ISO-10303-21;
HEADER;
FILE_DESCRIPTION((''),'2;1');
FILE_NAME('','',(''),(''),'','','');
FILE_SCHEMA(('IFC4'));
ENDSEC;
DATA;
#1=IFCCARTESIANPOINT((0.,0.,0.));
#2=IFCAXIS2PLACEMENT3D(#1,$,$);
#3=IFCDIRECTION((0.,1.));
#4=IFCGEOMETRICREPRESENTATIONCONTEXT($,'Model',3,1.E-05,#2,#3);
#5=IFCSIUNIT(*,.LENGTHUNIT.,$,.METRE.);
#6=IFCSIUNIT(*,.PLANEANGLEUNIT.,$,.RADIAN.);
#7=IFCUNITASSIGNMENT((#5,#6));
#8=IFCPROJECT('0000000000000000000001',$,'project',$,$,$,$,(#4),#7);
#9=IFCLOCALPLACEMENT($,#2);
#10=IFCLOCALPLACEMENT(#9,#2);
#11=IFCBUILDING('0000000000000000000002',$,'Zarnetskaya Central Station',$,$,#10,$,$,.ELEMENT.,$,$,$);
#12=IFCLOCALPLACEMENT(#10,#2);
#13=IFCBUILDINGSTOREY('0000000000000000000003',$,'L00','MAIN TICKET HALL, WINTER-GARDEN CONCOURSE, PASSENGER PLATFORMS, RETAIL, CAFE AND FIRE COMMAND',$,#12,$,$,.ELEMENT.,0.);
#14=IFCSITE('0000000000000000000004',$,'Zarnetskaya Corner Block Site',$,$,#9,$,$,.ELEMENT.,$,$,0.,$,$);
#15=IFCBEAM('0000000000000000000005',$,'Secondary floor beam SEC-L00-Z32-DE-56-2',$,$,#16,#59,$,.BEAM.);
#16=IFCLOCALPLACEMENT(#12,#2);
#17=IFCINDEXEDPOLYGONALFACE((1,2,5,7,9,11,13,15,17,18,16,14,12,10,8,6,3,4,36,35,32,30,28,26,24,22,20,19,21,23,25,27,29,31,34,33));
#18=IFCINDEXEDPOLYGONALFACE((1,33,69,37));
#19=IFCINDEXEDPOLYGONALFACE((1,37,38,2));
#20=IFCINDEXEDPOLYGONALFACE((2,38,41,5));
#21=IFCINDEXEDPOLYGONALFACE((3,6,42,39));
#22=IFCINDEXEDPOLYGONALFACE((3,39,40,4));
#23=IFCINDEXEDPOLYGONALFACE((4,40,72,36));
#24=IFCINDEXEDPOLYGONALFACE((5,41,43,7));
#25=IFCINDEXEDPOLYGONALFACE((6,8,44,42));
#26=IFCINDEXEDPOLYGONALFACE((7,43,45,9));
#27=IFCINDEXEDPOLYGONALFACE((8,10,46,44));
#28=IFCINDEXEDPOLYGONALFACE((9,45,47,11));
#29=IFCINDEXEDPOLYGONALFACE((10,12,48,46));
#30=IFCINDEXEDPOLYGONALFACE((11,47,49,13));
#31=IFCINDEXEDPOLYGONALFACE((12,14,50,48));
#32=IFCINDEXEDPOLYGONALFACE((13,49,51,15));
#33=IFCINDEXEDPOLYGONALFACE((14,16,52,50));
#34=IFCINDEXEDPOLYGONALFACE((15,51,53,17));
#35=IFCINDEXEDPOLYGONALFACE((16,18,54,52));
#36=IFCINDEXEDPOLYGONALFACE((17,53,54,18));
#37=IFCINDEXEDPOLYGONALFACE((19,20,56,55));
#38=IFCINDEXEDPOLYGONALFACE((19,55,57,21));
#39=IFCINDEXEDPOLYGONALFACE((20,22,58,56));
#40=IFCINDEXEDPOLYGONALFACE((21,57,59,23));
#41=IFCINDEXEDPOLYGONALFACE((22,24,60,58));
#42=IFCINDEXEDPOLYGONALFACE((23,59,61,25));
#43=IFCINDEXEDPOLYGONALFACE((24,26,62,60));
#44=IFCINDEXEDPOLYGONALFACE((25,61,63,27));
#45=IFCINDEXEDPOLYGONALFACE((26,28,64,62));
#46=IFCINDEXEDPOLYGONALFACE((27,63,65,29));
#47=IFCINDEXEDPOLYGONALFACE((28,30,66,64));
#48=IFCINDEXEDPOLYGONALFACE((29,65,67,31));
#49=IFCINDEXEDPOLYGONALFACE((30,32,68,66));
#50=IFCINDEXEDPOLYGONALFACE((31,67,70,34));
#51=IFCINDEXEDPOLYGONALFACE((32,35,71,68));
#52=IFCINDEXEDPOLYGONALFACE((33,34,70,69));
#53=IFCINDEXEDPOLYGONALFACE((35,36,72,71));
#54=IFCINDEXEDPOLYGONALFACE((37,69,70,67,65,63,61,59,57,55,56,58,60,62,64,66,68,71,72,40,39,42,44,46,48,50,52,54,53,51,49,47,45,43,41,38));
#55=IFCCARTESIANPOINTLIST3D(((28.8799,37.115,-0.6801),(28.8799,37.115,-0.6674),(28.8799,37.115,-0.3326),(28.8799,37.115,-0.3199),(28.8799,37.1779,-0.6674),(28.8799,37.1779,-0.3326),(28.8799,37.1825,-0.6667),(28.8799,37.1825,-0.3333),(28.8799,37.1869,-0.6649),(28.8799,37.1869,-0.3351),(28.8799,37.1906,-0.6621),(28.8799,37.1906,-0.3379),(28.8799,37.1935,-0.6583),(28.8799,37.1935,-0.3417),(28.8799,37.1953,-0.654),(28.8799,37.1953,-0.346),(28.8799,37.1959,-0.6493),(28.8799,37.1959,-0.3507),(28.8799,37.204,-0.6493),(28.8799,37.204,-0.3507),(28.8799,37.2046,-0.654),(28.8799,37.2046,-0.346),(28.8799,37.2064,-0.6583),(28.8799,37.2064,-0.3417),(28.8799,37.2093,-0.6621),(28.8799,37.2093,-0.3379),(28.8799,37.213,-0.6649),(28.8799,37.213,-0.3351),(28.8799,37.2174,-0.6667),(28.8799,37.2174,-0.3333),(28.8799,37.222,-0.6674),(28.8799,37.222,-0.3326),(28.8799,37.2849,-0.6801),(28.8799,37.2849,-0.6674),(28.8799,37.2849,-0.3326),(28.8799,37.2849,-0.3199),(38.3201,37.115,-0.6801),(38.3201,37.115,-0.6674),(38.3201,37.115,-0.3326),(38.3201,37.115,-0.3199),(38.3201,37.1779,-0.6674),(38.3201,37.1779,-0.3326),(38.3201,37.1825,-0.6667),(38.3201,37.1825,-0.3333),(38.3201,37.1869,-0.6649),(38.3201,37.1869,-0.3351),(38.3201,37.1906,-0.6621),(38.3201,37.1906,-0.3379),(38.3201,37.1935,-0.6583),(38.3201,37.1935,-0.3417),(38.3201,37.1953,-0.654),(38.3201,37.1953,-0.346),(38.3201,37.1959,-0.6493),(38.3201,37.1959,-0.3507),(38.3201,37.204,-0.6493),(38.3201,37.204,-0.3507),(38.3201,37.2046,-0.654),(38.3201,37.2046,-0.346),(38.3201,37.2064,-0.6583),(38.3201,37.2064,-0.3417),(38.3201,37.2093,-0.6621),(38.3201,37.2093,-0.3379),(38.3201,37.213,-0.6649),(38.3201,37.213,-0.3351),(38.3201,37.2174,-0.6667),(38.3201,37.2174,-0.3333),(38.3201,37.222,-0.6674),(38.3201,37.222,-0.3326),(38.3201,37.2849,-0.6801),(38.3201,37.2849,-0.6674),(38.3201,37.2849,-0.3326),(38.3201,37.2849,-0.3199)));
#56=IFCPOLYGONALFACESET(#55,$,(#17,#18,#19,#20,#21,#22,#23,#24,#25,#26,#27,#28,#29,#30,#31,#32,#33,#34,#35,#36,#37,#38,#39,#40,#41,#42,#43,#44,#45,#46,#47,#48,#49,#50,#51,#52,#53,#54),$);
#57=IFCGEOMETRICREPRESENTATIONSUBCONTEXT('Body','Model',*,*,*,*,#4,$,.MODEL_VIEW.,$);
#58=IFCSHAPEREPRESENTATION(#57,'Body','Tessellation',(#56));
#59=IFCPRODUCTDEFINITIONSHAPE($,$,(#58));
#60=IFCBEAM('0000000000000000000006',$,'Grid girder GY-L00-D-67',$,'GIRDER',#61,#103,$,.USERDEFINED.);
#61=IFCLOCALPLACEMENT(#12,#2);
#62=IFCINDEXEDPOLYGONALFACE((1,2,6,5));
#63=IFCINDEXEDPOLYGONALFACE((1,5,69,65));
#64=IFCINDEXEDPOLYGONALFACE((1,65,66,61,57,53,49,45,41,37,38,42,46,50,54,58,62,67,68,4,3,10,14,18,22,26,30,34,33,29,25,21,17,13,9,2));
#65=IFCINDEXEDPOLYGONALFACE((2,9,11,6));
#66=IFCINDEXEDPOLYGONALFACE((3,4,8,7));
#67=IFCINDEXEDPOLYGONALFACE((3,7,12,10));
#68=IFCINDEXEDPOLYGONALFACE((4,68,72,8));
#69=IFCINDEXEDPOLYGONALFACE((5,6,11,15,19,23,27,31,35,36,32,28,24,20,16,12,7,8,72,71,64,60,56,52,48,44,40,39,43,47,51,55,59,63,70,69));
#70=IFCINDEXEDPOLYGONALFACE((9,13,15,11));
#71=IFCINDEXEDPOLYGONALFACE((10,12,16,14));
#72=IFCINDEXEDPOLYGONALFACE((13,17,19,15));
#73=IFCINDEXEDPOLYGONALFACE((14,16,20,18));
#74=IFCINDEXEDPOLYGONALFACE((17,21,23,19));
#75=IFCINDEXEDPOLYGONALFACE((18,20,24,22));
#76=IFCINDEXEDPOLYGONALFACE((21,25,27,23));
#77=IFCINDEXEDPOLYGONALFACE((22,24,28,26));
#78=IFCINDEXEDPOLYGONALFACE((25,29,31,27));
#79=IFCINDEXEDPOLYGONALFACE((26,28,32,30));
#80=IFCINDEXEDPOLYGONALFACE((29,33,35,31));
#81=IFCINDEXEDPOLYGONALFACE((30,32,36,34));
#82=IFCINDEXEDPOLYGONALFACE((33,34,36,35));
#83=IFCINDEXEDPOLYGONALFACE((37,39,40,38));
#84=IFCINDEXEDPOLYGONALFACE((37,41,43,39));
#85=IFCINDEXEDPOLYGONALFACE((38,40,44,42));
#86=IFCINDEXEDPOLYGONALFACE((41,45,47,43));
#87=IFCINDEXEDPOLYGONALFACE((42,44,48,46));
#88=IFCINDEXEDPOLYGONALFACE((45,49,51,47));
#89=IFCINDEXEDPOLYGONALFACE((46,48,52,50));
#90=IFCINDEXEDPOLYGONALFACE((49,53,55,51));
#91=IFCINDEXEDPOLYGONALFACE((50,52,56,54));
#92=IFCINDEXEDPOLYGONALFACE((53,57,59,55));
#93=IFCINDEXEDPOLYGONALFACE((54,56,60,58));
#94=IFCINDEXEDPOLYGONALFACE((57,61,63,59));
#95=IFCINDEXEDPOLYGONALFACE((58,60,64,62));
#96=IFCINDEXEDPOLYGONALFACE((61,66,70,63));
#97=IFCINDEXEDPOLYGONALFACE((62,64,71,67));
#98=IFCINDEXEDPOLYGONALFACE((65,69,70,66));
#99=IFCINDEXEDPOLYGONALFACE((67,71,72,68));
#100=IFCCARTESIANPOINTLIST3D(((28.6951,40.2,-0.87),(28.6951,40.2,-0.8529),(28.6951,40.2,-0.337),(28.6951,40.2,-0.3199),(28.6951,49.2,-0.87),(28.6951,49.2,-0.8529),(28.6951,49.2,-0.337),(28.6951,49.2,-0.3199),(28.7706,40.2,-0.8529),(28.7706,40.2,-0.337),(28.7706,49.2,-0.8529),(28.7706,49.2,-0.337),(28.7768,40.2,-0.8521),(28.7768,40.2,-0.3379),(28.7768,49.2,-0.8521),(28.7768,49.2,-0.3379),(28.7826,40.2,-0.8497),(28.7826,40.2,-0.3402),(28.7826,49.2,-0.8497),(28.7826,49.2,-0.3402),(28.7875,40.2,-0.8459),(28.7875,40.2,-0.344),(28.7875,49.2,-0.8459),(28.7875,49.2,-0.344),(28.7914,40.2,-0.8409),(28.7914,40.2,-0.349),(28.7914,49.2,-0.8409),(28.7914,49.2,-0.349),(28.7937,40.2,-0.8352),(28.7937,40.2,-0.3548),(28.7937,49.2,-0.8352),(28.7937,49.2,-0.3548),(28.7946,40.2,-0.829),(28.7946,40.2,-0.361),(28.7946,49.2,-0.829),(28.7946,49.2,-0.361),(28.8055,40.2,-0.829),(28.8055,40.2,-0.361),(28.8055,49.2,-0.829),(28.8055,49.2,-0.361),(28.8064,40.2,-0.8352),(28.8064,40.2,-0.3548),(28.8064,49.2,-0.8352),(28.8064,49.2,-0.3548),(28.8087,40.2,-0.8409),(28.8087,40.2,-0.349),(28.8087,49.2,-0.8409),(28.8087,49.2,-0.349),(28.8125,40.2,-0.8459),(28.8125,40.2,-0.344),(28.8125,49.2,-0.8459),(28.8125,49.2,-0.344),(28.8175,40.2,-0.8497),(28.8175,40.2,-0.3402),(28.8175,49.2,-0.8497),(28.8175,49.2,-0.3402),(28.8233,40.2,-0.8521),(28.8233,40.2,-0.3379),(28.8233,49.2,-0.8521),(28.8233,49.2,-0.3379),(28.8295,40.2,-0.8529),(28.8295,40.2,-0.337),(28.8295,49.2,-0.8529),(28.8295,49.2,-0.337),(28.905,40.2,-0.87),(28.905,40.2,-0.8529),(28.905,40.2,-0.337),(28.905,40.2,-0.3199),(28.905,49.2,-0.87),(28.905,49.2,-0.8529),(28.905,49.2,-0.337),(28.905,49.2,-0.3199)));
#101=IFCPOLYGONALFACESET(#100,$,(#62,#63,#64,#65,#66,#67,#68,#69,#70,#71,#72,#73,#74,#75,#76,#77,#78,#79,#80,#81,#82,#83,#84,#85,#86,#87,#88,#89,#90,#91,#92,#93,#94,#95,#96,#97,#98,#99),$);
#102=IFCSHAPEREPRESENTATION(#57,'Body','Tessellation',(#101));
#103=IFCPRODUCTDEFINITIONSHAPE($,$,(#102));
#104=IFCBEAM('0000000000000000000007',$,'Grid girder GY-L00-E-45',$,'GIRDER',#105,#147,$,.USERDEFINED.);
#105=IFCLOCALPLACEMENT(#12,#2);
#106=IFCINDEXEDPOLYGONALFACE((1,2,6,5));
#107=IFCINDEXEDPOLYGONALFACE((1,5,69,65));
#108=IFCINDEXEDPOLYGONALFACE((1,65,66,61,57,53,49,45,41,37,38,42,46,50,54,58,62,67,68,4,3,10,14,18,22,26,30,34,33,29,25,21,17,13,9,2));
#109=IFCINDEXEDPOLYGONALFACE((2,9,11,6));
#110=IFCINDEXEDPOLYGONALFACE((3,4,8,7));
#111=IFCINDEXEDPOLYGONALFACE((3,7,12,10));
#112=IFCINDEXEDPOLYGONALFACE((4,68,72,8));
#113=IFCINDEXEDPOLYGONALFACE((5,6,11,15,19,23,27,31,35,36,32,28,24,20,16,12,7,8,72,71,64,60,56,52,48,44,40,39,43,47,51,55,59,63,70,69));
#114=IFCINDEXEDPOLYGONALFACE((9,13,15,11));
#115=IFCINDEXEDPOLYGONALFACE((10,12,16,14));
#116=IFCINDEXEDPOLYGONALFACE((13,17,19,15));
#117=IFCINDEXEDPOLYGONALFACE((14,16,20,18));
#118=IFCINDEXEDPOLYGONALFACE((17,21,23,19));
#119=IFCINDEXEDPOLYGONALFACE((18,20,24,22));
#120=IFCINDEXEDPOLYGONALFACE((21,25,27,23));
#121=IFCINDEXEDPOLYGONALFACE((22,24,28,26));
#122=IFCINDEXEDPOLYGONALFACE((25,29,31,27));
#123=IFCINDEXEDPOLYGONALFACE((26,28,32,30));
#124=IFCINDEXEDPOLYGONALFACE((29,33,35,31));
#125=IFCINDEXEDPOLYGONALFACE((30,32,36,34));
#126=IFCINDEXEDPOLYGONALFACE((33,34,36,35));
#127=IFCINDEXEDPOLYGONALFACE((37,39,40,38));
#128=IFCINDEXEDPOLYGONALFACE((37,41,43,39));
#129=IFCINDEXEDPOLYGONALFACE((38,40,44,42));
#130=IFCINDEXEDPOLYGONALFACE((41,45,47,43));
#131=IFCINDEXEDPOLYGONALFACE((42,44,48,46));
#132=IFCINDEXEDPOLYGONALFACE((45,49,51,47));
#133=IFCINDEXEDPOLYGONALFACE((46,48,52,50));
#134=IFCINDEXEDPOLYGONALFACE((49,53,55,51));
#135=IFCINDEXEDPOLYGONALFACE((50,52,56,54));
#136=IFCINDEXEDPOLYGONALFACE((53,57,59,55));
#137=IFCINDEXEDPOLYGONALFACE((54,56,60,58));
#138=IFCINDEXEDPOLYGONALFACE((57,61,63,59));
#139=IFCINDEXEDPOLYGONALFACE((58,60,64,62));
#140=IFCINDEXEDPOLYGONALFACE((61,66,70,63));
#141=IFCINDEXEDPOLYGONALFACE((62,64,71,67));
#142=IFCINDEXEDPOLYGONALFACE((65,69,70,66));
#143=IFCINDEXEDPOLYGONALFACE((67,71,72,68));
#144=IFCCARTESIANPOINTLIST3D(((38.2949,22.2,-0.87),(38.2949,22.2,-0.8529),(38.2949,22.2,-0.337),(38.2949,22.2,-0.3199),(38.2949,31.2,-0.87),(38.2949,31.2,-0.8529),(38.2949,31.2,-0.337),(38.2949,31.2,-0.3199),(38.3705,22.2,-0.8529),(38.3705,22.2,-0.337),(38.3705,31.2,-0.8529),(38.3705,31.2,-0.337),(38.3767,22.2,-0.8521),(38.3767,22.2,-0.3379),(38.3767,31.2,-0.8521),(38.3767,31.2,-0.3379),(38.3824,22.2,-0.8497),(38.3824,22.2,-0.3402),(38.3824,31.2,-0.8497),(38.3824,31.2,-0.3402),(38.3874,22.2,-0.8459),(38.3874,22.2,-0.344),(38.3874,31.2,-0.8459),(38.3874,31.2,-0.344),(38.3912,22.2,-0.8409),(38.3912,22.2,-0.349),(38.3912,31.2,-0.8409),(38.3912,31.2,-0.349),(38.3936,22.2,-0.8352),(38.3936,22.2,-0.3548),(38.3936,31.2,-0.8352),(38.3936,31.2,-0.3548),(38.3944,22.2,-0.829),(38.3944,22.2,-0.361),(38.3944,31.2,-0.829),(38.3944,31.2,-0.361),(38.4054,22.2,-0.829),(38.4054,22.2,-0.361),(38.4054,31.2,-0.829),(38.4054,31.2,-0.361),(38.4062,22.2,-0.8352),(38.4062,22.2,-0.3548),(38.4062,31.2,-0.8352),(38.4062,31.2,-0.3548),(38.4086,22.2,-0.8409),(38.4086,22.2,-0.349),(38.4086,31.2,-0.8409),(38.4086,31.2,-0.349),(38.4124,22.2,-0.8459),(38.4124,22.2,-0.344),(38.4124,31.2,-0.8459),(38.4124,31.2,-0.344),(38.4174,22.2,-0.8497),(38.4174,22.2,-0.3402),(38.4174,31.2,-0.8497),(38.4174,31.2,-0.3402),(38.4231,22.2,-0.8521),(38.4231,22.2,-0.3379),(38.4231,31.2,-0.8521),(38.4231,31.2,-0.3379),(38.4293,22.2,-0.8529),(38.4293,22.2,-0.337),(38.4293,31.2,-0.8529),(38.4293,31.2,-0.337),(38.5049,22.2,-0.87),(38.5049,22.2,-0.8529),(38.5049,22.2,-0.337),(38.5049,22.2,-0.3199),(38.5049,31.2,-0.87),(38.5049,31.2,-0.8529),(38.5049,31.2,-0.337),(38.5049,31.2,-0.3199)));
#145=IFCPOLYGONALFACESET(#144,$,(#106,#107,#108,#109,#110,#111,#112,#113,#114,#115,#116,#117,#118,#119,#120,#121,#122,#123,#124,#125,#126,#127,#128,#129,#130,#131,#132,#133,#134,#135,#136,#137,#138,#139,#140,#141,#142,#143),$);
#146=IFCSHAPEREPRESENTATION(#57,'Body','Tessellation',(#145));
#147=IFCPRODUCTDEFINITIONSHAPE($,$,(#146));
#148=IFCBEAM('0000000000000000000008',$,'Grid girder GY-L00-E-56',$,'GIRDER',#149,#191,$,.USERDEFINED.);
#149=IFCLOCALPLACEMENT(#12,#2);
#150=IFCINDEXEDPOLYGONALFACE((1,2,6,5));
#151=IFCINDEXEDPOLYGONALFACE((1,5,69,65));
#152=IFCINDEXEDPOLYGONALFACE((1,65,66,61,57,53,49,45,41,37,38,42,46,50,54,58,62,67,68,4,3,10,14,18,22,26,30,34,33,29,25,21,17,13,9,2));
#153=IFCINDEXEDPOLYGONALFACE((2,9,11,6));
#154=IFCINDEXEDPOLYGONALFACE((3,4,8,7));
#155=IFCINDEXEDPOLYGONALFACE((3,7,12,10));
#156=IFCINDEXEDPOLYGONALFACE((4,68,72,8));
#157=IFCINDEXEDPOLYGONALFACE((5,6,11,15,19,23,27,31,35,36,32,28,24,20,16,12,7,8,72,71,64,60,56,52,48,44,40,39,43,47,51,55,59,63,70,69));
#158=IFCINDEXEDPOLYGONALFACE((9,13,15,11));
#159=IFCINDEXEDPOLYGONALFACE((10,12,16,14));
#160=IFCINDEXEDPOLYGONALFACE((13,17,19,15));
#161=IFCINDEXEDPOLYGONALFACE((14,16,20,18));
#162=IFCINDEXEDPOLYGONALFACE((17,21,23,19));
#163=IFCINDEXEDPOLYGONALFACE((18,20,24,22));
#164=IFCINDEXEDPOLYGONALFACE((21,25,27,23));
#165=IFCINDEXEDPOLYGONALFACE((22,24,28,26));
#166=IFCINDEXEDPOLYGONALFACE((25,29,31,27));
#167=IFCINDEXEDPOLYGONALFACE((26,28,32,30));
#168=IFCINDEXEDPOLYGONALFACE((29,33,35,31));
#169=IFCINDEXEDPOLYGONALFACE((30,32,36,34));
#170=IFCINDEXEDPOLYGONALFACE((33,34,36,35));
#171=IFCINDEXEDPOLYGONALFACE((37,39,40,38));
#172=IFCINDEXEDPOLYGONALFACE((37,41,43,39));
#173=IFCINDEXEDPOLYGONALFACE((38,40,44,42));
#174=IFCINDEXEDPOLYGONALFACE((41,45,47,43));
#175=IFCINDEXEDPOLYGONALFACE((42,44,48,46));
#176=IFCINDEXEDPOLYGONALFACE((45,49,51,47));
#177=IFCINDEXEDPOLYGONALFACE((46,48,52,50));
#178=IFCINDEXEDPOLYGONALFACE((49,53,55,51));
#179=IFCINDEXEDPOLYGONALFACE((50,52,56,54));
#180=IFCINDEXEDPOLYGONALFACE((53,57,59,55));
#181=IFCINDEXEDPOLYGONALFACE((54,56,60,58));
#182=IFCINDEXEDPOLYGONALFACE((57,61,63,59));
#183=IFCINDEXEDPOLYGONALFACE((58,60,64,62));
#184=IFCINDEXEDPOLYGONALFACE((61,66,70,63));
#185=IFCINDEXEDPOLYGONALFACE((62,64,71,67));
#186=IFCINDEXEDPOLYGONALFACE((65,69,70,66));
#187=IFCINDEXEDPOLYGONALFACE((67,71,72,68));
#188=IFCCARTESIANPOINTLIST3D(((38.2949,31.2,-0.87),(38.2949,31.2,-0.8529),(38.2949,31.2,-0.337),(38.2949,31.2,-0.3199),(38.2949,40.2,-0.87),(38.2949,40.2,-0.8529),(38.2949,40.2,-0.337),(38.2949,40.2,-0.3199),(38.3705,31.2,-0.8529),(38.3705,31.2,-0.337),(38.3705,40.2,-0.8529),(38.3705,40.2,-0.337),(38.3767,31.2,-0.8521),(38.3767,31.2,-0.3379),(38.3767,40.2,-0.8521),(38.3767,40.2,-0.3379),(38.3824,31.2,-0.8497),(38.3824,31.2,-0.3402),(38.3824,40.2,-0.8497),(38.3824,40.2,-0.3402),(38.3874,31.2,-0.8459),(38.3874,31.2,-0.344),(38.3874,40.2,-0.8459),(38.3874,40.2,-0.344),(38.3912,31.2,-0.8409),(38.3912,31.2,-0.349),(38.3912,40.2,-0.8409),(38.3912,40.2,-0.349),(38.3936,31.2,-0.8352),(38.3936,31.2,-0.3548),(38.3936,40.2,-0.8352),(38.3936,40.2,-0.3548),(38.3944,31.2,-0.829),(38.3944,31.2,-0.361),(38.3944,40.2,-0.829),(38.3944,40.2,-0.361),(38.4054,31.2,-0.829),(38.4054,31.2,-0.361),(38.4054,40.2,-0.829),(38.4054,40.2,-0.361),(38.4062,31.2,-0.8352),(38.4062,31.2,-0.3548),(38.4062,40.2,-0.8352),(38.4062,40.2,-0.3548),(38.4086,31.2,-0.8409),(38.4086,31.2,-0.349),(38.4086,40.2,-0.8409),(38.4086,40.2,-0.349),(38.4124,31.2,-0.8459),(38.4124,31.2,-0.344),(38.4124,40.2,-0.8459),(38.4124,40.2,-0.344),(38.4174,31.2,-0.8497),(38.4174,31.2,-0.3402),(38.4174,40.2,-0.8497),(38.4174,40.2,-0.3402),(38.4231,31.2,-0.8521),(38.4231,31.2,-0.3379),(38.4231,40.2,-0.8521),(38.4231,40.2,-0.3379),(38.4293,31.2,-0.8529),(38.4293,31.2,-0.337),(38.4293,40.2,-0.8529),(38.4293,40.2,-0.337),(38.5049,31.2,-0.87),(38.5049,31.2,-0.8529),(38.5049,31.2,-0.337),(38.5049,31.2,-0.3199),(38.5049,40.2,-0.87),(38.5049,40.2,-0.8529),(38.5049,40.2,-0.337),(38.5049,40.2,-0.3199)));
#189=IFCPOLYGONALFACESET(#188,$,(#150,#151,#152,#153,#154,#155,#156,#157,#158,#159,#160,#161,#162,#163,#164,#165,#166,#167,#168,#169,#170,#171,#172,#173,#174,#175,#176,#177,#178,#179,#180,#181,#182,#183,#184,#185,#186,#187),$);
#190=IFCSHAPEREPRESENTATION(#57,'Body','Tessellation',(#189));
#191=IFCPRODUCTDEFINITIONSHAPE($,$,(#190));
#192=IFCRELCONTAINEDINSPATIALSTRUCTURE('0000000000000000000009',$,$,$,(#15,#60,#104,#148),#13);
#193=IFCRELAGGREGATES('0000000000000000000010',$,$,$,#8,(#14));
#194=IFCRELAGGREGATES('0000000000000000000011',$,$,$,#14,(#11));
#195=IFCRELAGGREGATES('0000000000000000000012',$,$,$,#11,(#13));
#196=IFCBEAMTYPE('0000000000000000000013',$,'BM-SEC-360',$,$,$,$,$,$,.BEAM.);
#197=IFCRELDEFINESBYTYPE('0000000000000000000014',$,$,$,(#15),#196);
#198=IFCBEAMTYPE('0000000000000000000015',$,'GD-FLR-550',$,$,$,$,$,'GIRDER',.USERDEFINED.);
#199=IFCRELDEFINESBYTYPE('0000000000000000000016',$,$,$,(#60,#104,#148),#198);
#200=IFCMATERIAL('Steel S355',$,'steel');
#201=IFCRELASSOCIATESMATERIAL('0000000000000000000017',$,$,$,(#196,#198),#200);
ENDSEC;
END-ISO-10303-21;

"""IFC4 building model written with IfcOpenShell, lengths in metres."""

from ifc_helpers import new_model, si_unit, direction, frame, origin, origin_2d, place, context, subcontext, project, spatial, i_section, extrude, material, material_profile, profile_set, type_object, element, save


model = new_model("IFC4")

# Units and contexts
model_context = context("Model", 3, precision=1e-05, world=origin(), true_north=direction((0.0, 1.0)))
body_context = subcontext(model_context, "Body", "Model", "MODEL_VIEW")
ifc_project = project(units=[si_unit("LENGTHUNIT", "METRE"), si_unit("PLANEANGLEUNIT", "RADIAN")], contexts=[model_context])

# Site, building, storey
site_placement = place(None, origin())
site = spatial("IfcSite", under=ifc_project, at=site_placement, Name="Zarnetskaya Corner Block Site", CompositionType="ELEMENT", RefElevation=0.0)
building_placement = place(site_placement, origin())
building = spatial("IfcBuilding", under=site, at=building_placement, Name="Zarnetskaya Central Station", CompositionType="ELEMENT")
storey_placement = place(building_placement, origin())
storey = spatial("IfcBuildingStorey", under=building, at=storey_placement, Name="L00", Description="MAIN TICKET HALL, WINTER-GARDEN CONCOURSE, PASSENGER PLATFORMS, RETAIL, CAFE AND FIRE COMMAND", CompositionType="ELEMENT", Elevation=0.0)

# Shared definitions
ifc_material_1 = material(Name="Steel S355", Category="steel")

# Beams
ifc_material_profile_1 = material_profile(ifc_material_1, i_section(OverallWidth=0.1699, OverallDepth=0.3601, WebThickness=0.0081, FlangeThickness=0.0127, FilletRadius=0.0181, at=origin_2d()), Name="IPE 360")
ifc_profile_set_1 = profile_set([ifc_material_profile_1], Name="Steel S355")
beam_type_1 = type_object("IfcBeamType", Name="BM-SEC-360", PredefinedType="BEAM", material=ifc_profile_set_1)
for number, where, z_axis, x_axis, name in (
    (1, (28.8799, 37.2, -0.5), (1.0, 0.0, 0.0), (0.0, 1.0, 0.0), "Secondary floor beam SEC-L00-Z32-DE-56-2"),
):
    element("IfcBeam", number, at=place(storey_placement, frame(where, z_axis=z_axis, x_axis=x_axis)), inside=storey, type_object=beam_type_1, Name=name, PredefinedType="BEAM", context=body_context, shape_type="SweptSolid", body=[
        extrude(i_section(OverallWidth=0.1699, OverallDepth=0.3601, WebThickness=0.0081, FlangeThickness=0.0127, FilletRadius=0.0181, at=origin_2d()), origin(), (0.0, 0.0, 1.0), 9.4402),
    ])
ifc_material_profile_2 = material_profile(ifc_material_1, i_section(OverallWidth=0.21, OverallDepth=0.55, WebThickness=0.011, FlangeThickness=0.0171, FilletRadius=0.0239, at=origin_2d()), Name="IPE 550")
ifc_profile_set_2 = profile_set([ifc_material_profile_2], Name="Steel S355")
beam_type_2 = type_object("IfcBeamType", Name="GD-FLR-550", ElementType="GIRDER", PredefinedType="USERDEFINED", material=ifc_profile_set_2)
for number, where, z_axis, x_axis, name in (
    (2, (28.8, 40.2, -0.595), (0.0, 1.0, 0.0), (-1.0, 0.0, 0.0), "Grid girder GY-L00-D-67"),
    (3, (38.3999, 22.2, -0.595), (0.0, 1.0, 0.0), (-1.0, 0.0, 0.0), "Grid girder GY-L00-E-45"),
    (4, (38.3999, 31.2, -0.595), (0.0, 1.0, 0.0), (-1.0, 0.0, 0.0), "Grid girder GY-L00-E-56"),
):
    element("IfcBeam", number, at=place(storey_placement, frame(where, z_axis=z_axis, x_axis=x_axis)), inside=storey, type_object=beam_type_2, Name=name, ObjectType="GIRDER", PredefinedType="USERDEFINED", context=body_context, shape_type="SweptSolid", body=[
        extrude(i_section(OverallWidth=0.21, OverallDepth=0.55, WebThickness=0.011, FlangeThickness=0.0171, FilletRadius=0.0239, at=origin_2d()), origin(), (0.0, 0.0, 1.0), 9.0),
    ])

save(model, "model.ifc")
